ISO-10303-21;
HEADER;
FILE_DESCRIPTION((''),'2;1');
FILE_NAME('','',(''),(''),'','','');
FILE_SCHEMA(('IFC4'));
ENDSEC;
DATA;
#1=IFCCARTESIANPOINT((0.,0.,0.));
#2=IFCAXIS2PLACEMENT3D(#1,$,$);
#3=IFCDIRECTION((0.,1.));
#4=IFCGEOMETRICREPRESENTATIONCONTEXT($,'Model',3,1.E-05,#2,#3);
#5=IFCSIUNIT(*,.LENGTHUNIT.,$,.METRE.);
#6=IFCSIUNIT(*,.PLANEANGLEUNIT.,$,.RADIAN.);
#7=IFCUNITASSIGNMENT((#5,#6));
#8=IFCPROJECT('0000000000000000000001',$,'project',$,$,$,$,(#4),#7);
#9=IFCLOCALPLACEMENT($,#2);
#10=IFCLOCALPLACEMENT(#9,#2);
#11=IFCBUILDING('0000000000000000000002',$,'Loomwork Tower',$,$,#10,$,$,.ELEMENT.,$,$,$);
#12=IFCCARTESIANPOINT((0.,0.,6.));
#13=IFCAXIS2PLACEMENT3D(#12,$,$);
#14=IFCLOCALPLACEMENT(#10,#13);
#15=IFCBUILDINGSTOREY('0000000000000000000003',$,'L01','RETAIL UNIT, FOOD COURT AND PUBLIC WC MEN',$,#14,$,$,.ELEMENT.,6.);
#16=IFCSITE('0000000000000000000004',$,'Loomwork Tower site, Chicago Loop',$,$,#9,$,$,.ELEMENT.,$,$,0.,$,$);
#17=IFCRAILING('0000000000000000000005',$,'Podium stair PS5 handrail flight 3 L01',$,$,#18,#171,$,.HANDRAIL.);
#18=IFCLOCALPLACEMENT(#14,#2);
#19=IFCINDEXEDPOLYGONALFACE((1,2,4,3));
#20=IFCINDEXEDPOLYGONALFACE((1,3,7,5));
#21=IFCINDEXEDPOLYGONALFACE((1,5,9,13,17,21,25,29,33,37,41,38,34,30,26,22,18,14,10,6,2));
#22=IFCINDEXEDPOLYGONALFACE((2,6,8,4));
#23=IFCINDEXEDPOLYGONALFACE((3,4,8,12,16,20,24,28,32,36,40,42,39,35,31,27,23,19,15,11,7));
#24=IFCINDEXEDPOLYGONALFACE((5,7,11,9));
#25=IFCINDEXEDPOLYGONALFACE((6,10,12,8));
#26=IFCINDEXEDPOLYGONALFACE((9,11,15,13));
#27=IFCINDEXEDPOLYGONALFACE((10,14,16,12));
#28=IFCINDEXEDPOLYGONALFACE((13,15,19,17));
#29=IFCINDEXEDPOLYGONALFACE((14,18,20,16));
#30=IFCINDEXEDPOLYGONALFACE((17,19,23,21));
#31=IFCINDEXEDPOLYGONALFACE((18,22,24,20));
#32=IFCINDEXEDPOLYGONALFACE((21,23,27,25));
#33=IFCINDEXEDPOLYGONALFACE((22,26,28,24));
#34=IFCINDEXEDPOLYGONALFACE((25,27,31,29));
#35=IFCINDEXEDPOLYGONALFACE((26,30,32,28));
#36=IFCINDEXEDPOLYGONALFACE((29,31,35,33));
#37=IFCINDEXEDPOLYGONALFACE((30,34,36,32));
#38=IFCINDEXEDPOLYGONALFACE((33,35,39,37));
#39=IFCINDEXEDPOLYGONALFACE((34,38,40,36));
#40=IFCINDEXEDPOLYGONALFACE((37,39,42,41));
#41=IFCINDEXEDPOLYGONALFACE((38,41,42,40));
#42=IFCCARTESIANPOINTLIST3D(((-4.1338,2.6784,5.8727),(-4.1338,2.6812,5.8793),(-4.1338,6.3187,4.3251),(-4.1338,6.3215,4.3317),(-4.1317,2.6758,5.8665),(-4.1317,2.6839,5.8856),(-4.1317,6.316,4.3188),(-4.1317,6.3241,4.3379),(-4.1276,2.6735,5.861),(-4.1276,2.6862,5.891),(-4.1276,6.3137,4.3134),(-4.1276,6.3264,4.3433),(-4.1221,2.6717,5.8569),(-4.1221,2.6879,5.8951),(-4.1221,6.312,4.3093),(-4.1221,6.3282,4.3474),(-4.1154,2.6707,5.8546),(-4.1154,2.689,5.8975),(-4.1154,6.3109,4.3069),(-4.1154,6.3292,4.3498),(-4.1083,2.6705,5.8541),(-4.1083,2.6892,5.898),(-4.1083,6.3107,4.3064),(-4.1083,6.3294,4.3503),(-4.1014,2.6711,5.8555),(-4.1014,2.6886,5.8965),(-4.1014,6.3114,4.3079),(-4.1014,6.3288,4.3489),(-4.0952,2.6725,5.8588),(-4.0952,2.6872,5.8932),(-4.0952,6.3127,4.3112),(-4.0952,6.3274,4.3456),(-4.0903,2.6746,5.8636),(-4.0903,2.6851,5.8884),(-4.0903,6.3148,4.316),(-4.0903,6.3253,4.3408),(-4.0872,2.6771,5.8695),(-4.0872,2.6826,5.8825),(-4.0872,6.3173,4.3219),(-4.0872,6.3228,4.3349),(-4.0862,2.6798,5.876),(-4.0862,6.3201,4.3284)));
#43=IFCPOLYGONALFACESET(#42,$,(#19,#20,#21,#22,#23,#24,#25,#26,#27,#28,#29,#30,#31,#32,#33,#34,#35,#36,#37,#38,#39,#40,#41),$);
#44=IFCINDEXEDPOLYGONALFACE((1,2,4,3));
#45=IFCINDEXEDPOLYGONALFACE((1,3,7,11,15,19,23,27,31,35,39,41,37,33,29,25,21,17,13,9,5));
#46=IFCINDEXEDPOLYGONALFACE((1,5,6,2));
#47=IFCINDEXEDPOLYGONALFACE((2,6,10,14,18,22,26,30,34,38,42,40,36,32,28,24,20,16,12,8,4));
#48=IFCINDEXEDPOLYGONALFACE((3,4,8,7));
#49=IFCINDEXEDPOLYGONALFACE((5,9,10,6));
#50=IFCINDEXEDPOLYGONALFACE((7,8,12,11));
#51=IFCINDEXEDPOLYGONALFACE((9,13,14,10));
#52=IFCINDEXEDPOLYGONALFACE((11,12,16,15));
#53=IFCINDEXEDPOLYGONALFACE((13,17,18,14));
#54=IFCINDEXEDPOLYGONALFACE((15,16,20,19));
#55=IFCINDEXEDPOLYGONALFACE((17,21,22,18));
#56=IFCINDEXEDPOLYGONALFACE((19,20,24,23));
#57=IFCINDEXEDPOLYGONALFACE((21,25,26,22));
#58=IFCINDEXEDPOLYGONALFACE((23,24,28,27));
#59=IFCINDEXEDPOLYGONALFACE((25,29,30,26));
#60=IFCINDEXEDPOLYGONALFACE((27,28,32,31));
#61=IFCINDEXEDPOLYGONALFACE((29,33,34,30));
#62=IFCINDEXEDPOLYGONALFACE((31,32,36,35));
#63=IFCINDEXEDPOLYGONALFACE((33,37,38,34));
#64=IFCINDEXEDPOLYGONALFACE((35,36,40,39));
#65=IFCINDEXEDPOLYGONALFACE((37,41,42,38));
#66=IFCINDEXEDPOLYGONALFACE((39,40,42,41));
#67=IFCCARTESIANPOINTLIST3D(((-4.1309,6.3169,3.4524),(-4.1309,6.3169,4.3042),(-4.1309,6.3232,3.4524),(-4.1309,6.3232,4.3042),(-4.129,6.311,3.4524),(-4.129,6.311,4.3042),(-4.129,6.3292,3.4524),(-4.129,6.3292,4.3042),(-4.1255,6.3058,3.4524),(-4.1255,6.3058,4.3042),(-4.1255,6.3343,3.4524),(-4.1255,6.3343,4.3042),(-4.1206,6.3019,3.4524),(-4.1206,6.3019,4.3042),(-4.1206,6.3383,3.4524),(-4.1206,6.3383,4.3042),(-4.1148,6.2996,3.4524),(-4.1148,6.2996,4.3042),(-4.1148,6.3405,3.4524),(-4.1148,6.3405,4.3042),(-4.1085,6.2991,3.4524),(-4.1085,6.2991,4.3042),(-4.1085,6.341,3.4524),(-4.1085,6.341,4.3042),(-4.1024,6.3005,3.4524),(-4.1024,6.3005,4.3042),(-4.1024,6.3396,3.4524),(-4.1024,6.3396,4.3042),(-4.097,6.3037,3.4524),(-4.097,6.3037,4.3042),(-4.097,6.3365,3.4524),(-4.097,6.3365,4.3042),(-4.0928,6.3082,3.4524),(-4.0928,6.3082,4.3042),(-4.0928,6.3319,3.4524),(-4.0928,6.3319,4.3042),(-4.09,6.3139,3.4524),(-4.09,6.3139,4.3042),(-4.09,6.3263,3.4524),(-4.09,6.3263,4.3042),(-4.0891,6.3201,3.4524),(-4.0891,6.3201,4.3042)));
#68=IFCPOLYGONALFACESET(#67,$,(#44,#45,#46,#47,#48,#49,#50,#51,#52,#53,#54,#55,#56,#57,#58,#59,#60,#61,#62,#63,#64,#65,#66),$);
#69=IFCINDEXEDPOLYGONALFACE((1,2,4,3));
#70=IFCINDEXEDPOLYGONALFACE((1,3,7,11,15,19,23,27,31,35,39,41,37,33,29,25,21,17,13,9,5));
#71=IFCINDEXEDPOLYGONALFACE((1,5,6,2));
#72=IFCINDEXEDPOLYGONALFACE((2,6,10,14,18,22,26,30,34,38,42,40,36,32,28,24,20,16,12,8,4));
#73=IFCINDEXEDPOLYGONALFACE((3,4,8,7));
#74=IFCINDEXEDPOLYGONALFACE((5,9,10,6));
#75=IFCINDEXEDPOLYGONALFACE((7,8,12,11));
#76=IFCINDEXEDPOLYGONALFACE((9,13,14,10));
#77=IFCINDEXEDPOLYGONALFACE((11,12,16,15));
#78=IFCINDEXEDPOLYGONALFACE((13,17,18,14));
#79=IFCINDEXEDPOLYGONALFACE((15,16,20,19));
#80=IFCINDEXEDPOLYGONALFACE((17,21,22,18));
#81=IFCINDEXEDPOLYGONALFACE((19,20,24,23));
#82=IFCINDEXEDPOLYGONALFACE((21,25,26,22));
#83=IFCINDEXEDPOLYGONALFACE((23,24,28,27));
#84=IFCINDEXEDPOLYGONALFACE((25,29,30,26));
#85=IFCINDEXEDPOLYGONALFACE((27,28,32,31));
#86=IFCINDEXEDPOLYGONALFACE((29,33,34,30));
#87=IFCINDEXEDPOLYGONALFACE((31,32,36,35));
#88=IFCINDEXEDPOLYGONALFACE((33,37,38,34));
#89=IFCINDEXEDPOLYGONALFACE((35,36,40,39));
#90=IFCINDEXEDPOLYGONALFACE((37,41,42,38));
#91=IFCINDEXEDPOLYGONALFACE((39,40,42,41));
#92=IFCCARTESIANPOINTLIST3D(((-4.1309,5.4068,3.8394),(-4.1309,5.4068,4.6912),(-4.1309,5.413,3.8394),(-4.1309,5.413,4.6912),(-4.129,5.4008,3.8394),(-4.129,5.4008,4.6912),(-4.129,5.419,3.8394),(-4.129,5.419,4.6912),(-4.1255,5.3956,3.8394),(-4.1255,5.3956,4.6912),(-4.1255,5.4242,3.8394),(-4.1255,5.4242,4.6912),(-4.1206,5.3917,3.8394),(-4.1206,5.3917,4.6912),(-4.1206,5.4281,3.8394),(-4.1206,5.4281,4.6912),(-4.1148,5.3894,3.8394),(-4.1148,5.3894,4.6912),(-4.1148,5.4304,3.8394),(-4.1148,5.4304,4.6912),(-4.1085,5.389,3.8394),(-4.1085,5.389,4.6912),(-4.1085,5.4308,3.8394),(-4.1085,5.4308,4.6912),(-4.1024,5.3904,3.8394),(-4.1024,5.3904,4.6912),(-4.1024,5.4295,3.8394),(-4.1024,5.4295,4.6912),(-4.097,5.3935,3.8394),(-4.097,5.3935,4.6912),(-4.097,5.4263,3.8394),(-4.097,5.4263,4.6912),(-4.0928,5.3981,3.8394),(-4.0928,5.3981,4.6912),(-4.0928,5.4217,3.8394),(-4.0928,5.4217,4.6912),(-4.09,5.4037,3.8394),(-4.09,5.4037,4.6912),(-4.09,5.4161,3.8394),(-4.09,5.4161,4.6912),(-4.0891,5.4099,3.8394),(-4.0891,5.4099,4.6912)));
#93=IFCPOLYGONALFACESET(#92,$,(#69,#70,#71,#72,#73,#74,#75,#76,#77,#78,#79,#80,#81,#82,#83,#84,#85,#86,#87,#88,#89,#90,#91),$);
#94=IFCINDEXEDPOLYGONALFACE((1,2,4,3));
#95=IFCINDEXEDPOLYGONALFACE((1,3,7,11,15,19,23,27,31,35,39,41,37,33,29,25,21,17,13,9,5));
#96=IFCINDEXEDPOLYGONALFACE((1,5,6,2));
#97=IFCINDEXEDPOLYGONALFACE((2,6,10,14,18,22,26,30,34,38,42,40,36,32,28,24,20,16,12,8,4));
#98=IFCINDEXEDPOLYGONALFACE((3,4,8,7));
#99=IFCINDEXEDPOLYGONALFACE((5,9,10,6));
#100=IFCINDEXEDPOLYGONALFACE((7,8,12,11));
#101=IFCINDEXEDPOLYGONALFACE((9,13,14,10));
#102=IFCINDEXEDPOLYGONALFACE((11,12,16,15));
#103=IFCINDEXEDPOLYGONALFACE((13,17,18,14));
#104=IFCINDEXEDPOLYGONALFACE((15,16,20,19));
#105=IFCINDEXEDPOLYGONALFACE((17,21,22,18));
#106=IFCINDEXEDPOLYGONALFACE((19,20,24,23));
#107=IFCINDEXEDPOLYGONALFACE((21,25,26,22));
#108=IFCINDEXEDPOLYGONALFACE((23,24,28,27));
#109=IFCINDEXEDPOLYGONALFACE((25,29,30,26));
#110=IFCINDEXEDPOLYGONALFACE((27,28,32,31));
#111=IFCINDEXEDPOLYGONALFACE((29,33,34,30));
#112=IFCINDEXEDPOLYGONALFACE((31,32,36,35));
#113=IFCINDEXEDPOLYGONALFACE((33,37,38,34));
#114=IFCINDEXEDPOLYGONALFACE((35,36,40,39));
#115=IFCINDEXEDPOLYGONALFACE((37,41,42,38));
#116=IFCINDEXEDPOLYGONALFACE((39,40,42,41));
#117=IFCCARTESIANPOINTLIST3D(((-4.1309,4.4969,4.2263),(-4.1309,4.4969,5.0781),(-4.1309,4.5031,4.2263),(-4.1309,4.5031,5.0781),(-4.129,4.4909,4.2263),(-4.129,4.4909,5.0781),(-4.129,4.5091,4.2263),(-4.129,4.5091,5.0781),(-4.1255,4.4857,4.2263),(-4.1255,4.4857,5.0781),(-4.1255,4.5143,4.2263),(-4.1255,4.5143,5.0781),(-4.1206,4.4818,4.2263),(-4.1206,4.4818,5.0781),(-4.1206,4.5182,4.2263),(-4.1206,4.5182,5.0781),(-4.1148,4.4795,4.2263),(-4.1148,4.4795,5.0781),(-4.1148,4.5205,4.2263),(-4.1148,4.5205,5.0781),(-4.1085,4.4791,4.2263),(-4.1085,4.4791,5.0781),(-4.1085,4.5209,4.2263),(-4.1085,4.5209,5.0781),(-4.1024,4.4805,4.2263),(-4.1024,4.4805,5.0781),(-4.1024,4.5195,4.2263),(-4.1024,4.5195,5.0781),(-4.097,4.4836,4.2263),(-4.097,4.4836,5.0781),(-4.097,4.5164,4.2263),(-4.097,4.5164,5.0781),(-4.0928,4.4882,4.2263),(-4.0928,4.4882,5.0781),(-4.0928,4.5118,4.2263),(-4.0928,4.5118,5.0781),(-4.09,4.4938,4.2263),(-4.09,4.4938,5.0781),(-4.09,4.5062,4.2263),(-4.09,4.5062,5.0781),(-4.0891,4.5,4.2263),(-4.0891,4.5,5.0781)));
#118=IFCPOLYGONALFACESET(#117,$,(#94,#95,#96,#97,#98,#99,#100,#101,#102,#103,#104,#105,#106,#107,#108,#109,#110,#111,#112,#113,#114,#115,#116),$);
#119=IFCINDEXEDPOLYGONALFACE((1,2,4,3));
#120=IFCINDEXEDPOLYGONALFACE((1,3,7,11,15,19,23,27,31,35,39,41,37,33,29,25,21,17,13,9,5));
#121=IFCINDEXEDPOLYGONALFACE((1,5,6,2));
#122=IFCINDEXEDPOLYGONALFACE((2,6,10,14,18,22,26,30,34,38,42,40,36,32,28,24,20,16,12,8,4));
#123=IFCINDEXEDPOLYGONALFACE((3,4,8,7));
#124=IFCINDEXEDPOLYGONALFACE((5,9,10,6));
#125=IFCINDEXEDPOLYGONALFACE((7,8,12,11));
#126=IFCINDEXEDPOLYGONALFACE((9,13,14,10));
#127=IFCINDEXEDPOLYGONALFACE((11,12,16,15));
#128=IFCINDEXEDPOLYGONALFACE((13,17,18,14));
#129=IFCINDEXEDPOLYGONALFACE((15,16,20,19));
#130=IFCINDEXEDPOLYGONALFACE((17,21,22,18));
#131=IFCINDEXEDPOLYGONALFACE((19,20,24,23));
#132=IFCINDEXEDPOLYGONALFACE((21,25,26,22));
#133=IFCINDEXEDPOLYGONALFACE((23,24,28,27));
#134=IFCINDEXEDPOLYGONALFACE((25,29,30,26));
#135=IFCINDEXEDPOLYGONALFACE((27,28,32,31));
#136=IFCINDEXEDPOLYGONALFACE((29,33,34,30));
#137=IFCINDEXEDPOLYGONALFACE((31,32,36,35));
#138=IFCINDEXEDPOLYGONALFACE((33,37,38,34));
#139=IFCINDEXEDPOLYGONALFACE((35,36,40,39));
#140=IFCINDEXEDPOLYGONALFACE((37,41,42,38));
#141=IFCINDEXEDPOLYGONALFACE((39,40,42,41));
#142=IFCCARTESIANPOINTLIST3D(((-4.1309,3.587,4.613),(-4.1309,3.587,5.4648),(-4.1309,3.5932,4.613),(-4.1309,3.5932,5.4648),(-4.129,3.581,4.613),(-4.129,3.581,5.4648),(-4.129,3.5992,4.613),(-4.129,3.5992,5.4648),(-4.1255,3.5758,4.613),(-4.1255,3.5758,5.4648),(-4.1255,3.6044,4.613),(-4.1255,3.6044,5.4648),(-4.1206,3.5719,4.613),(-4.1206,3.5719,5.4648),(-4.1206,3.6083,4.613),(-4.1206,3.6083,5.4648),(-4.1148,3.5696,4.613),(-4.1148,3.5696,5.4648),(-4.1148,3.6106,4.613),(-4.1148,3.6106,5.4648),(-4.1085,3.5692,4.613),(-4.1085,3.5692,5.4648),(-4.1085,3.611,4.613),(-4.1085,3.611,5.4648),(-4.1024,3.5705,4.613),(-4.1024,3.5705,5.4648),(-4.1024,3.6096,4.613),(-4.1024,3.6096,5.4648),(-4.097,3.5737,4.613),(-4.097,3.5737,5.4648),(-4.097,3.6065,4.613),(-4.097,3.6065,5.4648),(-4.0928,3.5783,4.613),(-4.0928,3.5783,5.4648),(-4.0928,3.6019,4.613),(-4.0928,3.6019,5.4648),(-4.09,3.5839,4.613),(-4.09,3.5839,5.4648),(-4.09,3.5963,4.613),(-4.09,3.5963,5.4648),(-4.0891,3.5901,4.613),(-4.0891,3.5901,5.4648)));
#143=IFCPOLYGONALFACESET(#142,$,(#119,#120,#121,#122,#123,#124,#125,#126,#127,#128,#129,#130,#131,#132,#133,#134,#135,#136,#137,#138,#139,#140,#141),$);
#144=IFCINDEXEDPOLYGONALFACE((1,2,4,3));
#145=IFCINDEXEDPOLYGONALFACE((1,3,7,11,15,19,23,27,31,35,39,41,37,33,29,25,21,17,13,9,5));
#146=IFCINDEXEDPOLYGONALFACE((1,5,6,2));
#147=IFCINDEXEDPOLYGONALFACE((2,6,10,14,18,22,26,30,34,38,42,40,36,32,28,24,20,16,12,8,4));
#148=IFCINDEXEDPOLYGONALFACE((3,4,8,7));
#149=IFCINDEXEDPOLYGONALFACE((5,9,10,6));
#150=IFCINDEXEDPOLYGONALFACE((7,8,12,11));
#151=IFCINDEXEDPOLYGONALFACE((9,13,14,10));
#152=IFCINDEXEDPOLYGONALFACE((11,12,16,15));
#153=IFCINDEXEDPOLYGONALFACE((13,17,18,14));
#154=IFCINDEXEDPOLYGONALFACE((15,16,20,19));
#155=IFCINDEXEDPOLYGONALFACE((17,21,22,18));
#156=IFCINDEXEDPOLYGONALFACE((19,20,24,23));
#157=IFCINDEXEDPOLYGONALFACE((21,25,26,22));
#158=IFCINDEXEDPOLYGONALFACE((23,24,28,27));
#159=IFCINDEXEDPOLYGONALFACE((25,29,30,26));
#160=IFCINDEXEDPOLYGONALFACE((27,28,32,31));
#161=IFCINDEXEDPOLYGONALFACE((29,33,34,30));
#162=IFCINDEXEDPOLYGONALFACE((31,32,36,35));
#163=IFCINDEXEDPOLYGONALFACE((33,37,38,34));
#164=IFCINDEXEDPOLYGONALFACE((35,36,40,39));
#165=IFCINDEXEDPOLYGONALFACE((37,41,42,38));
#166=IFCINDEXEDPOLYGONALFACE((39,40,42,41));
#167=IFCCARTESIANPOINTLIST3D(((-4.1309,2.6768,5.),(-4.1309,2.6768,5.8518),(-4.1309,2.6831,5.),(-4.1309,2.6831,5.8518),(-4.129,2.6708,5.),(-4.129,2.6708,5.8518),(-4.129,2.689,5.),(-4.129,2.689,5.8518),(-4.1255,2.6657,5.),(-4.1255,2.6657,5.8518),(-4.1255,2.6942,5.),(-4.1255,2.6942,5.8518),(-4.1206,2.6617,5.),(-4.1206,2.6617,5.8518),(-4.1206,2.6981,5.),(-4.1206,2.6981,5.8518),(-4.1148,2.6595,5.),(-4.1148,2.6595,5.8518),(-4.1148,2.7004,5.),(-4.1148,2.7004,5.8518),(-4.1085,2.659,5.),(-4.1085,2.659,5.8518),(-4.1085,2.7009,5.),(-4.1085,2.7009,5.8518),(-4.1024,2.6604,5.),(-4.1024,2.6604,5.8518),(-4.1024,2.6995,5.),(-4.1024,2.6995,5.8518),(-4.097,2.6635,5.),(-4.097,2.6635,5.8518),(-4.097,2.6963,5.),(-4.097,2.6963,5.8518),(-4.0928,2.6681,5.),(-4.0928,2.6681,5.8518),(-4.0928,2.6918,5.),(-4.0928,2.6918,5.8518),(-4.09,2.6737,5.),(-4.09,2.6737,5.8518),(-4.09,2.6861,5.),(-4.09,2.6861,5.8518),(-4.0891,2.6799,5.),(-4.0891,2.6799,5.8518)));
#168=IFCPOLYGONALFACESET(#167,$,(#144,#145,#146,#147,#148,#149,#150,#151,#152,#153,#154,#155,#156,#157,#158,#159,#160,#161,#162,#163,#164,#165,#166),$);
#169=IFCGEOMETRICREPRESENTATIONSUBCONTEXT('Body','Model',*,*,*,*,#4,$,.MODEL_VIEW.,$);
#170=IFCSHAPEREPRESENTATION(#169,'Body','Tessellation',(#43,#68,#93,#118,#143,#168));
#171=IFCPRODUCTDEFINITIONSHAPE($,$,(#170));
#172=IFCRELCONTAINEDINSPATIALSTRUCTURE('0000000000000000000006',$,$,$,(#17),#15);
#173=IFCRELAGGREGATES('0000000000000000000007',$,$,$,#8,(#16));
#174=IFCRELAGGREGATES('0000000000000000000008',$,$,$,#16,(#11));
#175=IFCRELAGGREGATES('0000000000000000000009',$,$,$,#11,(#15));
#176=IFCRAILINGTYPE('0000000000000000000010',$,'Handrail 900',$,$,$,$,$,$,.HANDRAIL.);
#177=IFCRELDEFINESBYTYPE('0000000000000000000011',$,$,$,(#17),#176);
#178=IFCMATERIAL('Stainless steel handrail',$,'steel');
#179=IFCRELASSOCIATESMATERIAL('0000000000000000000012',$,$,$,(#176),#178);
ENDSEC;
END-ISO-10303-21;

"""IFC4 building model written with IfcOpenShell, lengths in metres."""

from ifc_helpers import new_model, si_unit, direction, frame, origin, origin_2d, place, context, subcontext, project, spatial, circle, extrude, material, type_object, element, save


model = new_model("IFC4")

# Units and contexts
model_context = context("Model", 3, precision=1e-05, world=origin(), true_north=direction((0.0, 1.0)))
body_context = subcontext(model_context, "Body", "Model", "MODEL_VIEW")
ifc_project = project(units=[si_unit("LENGTHUNIT", "METRE"), si_unit("PLANEANGLEUNIT", "RADIAN")], contexts=[model_context])

# Site, building, storey
site_placement = place(None, origin())
site = spatial("IfcSite", under=ifc_project, at=site_placement, Name="Loomwork Tower site, Chicago Loop", CompositionType="ELEMENT", RefElevation=0.0)
building_placement = place(site_placement, origin())
building = spatial("IfcBuilding", under=site, at=building_placement, Name="Loomwork Tower", CompositionType="ELEMENT")
storey_placement = place(building_placement, frame((0.0, 0.0, 6.0)))
storey = spatial("IfcBuildingStorey", under=building, at=storey_placement, Name="L01", Description="RETAIL UNIT, FOOD COURT AND PUBLIC WC MEN", CompositionType="ELEMENT", Elevation=6.0)

# Railing
ifc_material_1 = material(Name="Stainless steel handrail", Category="steel")
railing_type = type_object("IfcRailingType", Name="Handrail 900", PredefinedType="HANDRAIL", material=ifc_material_1)
railing_1_placement = place(storey_placement, frame((-4.1101, 6.3201, 3.4524)))
element("IfcRailing", 1, at=railing_1_placement, inside=storey, type_object=railing_type, Name="Podium stair PS5 handrail flight 3 L01", PredefinedType="HANDRAIL", context=body_context, shape_type="SweptSolid", body=[
    extrude(circle(Radius=0.0239, at=origin_2d()), frame((0.0, 0.0, 0.876), z_axis=(0.0, -0.920281, 0.391258), x_axis=(1.0, 0.0, 0.0)), (0.0, 0.0, 1.0), 3.9556),
    extrude(circle(Radius=0.021, at=origin_2d()), origin(), (0.0, 0.0, 1.0), 0.8518),
    extrude(circle(Radius=0.021, at=origin_2d()), frame((0.0, -0.9102, 0.387)), (0.0, 0.0, 1.0), 0.8518),
    extrude(circle(Radius=0.021, at=origin_2d()), frame((0.0, -1.8201, 0.7739)), (0.0, 0.0, 1.0), 0.8518),
    extrude(circle(Radius=0.021, at=origin_2d()), frame((0.0, -2.73, 1.1606)), (0.0, 0.0, 1.0), 0.8518),
    extrude(circle(Radius=0.021, at=origin_2d()), frame((0.0, -3.6401, 1.5476)), (0.0, 0.0, 1.0), 0.8518),
])

save(model, "model.ifc")
